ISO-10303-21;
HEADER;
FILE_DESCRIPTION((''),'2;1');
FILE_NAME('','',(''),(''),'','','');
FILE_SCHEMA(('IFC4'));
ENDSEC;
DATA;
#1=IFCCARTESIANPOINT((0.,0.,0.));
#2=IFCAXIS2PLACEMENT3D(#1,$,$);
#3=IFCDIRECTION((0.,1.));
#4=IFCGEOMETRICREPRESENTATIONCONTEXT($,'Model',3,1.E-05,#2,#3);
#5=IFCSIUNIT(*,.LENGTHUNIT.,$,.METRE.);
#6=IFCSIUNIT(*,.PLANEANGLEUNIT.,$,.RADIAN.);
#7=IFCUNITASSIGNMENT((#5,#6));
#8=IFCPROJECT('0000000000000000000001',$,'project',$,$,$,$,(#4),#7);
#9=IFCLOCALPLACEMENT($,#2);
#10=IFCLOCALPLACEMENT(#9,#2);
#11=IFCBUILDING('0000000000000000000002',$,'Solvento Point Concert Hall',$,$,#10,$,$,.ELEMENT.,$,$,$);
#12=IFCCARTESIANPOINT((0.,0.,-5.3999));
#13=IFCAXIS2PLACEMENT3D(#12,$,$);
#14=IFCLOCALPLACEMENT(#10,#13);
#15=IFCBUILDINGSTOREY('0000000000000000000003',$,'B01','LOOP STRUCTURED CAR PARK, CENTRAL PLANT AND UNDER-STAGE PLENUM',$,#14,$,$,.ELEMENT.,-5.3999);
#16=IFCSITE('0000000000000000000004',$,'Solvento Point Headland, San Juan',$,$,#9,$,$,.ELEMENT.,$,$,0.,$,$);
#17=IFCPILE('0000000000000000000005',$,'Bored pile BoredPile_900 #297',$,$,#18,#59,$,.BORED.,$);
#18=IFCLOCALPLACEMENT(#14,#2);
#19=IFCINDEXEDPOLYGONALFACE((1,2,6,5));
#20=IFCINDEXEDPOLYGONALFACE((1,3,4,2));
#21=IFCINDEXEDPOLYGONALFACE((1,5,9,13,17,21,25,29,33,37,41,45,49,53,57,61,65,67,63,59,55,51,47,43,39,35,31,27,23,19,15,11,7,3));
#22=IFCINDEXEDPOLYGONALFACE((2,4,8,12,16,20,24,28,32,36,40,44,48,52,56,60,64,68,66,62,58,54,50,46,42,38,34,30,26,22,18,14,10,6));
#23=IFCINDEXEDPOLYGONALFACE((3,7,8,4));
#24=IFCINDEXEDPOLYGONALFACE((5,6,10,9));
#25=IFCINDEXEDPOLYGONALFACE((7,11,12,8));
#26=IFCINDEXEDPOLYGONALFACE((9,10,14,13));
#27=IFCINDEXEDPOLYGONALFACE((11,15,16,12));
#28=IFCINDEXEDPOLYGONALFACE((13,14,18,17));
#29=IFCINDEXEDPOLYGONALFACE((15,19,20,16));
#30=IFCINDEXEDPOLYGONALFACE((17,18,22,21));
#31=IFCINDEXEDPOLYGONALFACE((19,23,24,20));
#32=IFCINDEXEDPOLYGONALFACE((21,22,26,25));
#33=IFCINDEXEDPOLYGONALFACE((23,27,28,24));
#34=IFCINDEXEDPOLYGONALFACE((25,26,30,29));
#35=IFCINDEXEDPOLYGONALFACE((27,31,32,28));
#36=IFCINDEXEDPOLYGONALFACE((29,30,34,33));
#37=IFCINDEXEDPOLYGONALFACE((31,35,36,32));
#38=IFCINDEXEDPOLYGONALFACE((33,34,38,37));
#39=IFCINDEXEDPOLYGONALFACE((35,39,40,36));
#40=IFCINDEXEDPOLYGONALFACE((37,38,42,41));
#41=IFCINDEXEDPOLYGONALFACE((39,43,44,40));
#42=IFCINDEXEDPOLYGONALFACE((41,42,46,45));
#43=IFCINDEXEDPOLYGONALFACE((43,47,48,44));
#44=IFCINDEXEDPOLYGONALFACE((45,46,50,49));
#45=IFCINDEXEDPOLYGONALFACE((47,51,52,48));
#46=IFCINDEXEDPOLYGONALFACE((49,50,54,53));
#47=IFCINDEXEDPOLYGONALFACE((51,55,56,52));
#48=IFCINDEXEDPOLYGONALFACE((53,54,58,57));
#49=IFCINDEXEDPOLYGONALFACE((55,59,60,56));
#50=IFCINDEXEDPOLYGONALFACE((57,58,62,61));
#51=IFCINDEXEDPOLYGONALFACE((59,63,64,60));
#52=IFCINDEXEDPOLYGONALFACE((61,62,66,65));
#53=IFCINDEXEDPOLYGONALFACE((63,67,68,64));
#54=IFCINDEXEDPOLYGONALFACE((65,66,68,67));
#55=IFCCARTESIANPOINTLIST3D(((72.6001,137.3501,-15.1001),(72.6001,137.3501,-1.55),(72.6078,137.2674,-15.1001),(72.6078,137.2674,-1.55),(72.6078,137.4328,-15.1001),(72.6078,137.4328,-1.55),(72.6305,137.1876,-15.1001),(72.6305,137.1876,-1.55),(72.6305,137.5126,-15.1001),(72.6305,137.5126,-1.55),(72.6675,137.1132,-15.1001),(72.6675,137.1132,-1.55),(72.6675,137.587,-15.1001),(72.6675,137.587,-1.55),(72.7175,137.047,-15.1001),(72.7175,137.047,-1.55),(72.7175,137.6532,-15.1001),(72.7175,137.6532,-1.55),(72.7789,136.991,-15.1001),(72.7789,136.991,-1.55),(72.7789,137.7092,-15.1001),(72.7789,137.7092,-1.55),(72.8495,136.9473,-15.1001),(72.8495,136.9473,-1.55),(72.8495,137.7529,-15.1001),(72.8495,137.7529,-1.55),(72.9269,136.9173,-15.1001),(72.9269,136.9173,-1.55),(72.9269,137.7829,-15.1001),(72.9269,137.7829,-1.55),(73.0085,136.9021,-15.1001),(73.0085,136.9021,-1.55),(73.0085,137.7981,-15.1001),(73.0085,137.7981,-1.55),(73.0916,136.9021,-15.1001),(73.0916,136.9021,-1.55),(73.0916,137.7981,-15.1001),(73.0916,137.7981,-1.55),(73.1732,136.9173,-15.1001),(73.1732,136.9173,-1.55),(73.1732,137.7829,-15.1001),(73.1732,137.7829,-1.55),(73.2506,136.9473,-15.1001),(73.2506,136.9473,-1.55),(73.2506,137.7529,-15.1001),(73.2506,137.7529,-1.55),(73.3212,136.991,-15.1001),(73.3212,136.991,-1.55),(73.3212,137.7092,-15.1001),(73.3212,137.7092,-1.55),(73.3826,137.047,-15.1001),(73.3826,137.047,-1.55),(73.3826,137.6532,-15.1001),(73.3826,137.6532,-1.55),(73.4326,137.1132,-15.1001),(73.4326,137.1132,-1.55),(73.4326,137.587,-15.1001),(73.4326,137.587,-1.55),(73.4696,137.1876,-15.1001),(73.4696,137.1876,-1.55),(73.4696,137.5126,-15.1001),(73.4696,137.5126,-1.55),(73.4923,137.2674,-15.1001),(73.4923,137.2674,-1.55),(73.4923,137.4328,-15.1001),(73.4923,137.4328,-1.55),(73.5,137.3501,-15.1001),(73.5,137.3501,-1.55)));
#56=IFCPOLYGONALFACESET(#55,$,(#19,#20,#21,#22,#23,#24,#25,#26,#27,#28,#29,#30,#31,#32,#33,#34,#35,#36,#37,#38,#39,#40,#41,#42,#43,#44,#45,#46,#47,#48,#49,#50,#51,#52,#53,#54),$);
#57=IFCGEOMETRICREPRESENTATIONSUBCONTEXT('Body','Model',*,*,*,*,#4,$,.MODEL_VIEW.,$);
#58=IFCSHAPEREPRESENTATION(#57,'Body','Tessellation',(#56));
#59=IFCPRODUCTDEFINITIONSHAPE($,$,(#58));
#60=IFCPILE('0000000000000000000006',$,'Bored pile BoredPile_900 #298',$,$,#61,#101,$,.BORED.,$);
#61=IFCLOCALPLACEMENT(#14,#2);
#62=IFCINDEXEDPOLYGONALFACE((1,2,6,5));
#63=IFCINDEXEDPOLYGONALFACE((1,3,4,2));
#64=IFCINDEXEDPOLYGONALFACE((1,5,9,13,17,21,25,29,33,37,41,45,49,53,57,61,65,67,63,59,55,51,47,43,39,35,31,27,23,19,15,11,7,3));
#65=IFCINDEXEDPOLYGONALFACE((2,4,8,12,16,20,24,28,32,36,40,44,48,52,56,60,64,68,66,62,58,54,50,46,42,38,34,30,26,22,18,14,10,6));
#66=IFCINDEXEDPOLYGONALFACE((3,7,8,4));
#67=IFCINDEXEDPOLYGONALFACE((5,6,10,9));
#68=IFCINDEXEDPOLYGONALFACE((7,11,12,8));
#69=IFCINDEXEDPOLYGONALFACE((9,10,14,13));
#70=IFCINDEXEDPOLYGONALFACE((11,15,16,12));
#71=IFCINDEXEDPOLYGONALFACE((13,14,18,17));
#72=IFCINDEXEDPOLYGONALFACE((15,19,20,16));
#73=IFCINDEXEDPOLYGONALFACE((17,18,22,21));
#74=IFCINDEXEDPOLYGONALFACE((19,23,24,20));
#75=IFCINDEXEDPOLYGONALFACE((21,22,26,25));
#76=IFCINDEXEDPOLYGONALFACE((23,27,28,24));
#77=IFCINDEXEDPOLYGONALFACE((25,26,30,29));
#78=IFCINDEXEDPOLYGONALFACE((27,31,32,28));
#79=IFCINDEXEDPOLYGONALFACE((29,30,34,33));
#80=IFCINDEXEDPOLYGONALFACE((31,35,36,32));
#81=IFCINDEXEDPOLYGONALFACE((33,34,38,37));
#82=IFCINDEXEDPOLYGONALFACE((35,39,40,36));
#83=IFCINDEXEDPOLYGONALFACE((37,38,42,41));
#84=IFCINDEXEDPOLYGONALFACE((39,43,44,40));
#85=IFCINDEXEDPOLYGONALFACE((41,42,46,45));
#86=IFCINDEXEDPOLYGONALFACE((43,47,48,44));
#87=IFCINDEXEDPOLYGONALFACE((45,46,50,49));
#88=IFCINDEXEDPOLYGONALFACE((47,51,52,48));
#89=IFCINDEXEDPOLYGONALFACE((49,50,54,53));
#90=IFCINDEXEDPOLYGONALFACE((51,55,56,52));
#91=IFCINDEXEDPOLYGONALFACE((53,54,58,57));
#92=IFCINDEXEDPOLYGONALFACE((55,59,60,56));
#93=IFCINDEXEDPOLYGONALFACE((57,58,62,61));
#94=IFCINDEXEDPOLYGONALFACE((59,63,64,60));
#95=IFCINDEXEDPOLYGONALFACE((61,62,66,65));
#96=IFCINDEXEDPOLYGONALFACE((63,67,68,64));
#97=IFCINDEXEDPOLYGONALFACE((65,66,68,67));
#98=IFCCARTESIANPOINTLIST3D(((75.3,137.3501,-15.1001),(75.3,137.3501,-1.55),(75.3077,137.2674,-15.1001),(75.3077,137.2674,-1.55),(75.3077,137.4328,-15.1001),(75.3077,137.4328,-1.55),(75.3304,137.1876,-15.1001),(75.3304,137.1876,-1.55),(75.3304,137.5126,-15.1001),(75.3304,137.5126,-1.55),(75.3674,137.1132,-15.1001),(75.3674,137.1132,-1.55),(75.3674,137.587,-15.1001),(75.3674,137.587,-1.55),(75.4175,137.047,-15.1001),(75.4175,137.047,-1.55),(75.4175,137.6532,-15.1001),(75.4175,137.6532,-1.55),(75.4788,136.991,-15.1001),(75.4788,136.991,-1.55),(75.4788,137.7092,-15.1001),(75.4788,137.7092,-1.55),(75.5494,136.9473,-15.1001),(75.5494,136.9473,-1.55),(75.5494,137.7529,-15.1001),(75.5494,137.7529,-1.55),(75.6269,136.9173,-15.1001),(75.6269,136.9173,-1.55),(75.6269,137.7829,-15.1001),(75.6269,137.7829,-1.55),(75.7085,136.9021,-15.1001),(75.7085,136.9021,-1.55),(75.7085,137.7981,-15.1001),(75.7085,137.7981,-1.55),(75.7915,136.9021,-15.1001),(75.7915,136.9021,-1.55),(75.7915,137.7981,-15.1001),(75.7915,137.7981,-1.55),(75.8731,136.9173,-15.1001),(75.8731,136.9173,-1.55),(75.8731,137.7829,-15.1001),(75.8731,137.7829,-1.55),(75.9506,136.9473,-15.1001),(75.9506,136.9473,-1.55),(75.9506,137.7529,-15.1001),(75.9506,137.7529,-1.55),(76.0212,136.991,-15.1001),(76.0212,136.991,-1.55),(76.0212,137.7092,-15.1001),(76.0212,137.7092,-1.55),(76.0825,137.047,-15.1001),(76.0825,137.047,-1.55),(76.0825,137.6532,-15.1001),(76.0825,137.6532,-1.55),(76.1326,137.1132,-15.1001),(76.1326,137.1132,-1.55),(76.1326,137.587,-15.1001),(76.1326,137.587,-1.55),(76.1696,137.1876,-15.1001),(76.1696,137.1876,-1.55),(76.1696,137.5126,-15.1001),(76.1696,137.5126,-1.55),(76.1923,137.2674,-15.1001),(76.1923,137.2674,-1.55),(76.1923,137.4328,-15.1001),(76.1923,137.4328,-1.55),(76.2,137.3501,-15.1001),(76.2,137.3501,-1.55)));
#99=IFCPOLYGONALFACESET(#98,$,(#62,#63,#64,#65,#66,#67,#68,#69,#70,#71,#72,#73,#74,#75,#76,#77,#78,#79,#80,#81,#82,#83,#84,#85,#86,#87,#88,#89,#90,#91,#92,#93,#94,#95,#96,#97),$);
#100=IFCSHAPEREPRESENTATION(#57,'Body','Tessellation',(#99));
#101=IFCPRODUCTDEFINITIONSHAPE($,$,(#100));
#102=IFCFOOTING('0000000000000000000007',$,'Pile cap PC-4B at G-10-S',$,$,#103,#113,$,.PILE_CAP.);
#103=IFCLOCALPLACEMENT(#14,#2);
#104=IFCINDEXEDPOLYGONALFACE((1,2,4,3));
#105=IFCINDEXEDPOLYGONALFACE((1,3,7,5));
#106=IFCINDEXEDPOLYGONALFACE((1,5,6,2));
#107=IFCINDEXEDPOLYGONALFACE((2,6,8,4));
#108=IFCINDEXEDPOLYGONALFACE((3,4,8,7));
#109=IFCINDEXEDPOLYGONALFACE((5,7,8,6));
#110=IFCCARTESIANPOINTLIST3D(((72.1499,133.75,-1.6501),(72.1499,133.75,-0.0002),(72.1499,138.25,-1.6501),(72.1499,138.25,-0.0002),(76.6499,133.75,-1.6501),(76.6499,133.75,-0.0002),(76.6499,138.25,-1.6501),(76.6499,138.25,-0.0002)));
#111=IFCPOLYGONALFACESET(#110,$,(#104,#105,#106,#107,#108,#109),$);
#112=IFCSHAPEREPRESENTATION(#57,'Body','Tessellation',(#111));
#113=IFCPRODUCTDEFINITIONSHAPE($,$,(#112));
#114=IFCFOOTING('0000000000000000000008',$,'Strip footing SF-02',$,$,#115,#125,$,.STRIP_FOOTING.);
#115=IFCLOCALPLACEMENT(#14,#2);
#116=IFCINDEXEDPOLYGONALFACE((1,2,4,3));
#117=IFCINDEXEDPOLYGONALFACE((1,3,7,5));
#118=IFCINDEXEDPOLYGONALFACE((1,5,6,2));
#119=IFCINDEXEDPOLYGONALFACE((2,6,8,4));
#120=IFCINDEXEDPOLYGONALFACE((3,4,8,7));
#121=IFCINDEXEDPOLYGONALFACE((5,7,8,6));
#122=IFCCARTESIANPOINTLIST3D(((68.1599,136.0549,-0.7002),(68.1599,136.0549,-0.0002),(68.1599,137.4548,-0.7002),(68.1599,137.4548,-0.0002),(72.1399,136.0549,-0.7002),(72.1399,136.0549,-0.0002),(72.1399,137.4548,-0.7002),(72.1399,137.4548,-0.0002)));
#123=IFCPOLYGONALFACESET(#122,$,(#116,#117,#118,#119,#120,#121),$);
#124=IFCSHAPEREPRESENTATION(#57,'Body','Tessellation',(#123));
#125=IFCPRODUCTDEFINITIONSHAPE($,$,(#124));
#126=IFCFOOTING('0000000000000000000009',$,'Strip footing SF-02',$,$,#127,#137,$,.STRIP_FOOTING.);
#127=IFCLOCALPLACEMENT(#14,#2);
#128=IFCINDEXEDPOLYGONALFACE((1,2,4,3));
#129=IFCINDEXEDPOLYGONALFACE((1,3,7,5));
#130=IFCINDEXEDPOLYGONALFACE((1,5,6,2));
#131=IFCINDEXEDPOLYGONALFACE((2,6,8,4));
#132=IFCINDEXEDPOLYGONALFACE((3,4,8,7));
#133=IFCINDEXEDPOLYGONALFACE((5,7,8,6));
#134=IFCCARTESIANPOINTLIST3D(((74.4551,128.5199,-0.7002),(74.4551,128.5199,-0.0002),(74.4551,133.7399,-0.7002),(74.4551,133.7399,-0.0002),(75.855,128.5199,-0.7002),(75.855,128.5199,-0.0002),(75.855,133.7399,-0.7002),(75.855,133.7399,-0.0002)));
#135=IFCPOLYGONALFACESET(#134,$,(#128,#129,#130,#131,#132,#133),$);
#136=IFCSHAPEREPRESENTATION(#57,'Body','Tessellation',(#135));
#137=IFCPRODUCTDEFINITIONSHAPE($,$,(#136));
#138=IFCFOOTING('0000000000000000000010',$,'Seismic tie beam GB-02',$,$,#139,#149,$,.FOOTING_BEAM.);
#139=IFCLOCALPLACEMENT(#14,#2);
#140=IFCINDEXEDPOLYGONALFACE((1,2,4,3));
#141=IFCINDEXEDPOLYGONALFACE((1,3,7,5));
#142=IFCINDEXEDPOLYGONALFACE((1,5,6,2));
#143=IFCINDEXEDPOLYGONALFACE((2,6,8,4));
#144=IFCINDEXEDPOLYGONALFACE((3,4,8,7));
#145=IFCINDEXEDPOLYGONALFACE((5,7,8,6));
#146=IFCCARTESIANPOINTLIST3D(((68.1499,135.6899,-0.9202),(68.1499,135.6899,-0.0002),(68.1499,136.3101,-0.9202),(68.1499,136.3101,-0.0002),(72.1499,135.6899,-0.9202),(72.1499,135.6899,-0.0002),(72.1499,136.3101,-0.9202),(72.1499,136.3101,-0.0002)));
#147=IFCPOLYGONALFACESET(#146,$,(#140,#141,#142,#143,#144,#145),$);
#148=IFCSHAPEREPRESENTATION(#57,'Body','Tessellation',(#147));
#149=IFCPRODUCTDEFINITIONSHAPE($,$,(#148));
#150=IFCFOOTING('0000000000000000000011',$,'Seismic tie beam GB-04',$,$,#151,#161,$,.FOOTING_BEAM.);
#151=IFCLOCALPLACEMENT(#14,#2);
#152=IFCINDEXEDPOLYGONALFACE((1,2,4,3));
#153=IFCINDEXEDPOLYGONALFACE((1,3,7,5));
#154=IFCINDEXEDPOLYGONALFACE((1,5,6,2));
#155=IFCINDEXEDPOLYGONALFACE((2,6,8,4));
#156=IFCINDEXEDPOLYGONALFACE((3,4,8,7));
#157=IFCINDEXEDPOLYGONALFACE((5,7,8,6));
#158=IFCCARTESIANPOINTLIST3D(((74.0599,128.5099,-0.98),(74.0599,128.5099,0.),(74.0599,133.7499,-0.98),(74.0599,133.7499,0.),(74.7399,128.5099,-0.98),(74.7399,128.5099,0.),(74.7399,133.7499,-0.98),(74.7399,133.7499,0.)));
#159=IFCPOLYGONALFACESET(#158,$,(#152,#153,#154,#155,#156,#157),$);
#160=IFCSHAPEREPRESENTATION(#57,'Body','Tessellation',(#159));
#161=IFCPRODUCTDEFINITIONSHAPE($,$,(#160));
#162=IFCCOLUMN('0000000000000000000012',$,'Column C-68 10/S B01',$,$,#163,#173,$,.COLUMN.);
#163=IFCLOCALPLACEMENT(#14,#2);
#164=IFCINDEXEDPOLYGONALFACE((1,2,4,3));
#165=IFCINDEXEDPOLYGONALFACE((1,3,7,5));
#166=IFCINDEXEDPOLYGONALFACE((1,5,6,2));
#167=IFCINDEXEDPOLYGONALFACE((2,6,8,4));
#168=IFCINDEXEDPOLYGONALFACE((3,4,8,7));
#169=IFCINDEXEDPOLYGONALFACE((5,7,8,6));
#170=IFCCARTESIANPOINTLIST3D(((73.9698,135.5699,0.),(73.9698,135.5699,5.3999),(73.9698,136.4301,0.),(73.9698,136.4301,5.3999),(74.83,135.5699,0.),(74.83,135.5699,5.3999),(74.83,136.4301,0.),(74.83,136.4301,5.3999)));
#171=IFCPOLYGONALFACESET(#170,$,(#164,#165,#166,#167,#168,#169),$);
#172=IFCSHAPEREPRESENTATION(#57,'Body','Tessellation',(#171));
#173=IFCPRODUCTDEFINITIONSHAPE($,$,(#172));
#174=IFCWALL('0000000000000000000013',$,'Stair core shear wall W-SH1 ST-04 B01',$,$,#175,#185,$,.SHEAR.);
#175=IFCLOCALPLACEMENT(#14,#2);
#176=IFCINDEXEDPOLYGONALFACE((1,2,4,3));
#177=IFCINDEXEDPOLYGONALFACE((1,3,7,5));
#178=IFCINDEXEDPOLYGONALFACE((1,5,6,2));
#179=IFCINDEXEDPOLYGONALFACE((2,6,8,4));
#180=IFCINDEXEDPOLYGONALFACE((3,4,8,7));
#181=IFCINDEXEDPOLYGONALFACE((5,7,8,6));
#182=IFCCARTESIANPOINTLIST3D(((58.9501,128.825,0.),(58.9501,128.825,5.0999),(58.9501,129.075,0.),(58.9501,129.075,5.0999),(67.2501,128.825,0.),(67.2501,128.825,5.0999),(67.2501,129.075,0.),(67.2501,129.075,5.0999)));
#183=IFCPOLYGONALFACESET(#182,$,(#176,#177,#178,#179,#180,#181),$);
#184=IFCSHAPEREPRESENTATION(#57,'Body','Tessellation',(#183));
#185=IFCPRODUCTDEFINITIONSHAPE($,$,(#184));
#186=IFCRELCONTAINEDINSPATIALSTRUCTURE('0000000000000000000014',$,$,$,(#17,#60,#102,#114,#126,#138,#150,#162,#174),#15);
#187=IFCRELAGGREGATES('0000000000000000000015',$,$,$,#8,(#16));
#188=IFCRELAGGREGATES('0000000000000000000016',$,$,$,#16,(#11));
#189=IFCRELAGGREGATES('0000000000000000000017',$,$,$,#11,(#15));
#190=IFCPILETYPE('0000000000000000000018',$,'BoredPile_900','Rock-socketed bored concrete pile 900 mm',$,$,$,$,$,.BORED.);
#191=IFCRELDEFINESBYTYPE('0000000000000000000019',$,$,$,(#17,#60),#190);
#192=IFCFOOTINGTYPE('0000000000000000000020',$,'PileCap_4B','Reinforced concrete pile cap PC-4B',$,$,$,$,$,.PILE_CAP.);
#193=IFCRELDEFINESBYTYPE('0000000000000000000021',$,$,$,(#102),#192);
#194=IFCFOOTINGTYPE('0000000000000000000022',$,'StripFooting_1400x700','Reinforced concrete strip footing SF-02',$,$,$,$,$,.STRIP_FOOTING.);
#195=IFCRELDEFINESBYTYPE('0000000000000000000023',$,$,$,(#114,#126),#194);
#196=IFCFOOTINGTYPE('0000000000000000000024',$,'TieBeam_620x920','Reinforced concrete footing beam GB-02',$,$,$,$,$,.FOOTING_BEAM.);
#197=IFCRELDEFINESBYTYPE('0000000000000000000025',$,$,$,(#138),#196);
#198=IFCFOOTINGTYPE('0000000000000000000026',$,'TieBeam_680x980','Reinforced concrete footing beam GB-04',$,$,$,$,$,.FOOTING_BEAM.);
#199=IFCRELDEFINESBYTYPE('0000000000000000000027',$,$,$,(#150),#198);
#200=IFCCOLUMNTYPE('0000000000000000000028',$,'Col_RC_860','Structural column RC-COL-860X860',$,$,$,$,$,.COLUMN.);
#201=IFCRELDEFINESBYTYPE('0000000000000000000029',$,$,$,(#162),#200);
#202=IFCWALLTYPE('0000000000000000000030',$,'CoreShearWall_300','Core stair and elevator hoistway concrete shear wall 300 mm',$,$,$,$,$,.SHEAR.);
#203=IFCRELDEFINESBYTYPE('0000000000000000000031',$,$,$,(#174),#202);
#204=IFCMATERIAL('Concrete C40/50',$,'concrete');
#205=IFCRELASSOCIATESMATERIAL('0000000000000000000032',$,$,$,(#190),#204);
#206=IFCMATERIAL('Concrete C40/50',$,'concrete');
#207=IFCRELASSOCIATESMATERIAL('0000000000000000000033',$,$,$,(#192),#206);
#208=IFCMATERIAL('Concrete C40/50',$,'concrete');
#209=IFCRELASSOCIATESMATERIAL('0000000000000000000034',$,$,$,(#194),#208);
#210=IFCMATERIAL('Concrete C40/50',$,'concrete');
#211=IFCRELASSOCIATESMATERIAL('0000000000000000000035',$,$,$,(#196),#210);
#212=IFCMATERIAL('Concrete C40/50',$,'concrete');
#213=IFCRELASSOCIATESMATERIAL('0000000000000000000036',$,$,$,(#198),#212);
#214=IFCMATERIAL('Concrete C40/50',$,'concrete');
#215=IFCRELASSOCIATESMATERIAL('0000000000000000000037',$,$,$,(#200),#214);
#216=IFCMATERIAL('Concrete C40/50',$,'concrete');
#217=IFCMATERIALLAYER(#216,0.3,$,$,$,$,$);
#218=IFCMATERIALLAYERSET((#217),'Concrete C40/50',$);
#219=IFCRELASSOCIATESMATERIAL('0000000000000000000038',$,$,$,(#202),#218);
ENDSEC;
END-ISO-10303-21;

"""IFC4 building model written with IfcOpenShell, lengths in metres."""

from ifc_helpers import new_model, si_unit, direction, frame, frame_2d, origin, origin_2d, place, context, subcontext, project, spatial, rectangle, circle, extrude, material, layer, layer_set, material_profile, profile_set, type_object, element, save


model = new_model("IFC4")

# Units and contexts
model_context = context("Model", 3, precision=1e-05, world=origin(), true_north=direction((0.0, 1.0)))
body_context = subcontext(model_context, "Body", "Model", "MODEL_VIEW")
ifc_project = project(units=[si_unit("LENGTHUNIT", "METRE"), si_unit("PLANEANGLEUNIT", "RADIAN")], contexts=[model_context])

# Site, building, storey
site_placement = place(None, origin())
site = spatial("IfcSite", under=ifc_project, at=site_placement, Name="Solvento Point Headland, San Juan", CompositionType="ELEMENT", RefElevation=0.0)
building_placement = place(site_placement, origin())
building = spatial("IfcBuilding", under=site, at=building_placement, Name="Solvento Point Concert Hall", CompositionType="ELEMENT")
storey_placement = place(building_placement, frame((0.0, 0.0, -5.3999)))
storey = spatial("IfcBuildingStorey", under=building, at=storey_placement, Name="B01", Description="LOOP STRUCTURED CAR PARK, CENTRAL PLANT AND UNDER-STAGE PLENUM", CompositionType="ELEMENT", Elevation=-5.3999)

# Piles
ifc_material_1 = material(Name="Concrete C40/50", Category="concrete")
ifc_material_profile_1 = material_profile(ifc_material_1, circle(Radius=0.45, at=origin_2d()), Name="BP-900")
ifc_profile_set_1 = profile_set([ifc_material_profile_1], Name="Concrete C40/50")
pile_type_1 = type_object("IfcPileType", Name="BoredPile_900", Description="Rock-socketed bored concrete pile 900 mm", PredefinedType="BORED", material=ifc_profile_set_1)
for number, where, z_axis, x_axis, name in (
    (1, (73.05, 137.3501, -1.55), (0.0, 0.0, -1.0), (1.0, 0.0, 0.0), "Bored pile BoredPile_900 #297"),
    (2, (75.75, 137.3501, -1.55), (0.0, 0.0, -1.0), (1.0, 0.0, 0.0), "Bored pile BoredPile_900 #298"),
):
    element("IfcPile", number, at=place(storey_placement, frame(where, z_axis=z_axis, x_axis=x_axis)), inside=storey, type_object=pile_type_1, Name=name, PredefinedType="BORED", context=body_context, shape_type="SweptSolid", body=[
        extrude(circle(Radius=0.45, at=origin_2d()), origin(), (0.0, 0.0, 1.0), 13.55),
    ])

# Footings
ifc_material_2 = material(Name="Concrete C40/50", Category="concrete")
footing_type_1 = type_object("IfcFootingType", Name="PileCap_4B", Description="Reinforced concrete pile cap PC-4B", PredefinedType="PILE_CAP", material=ifc_material_2)
footing_1_placement = place(storey_placement, frame((74.3999, 136.0, -1.6501), z_axis=(0.0, 0.0, 1.0), x_axis=(1.0, 0.0, 0.0)))
element("IfcFooting", 3, at=footing_1_placement, inside=storey, type_object=footing_type_1, Name="Pile cap PC-4B at G-10-S", PredefinedType="PILE_CAP", context=body_context, shape_type="SweptSolid", body=[
    extrude(rectangle(XDim=4.5, YDim=4.5, at=origin_2d()), origin(), (0.0, 0.0, 1.0), 1.6499),
])
ifc_material_3 = material(Name="Concrete C40/50", Category="concrete")
footing_type_2 = type_object("IfcFootingType", Name="StripFooting_1400x700", Description="Reinforced concrete strip footing SF-02", PredefinedType="STRIP_FOOTING", material=ifc_material_3)
footing_2_placement = place(storey_placement, frame((70.1499, 136.7549, -0.7002), z_axis=(0.0, 0.0, 1.0), x_axis=(1.0, 0.0, 0.0)))
element("IfcFooting", 4, at=footing_2_placement, inside=storey, type_object=footing_type_2, Name="Strip footing SF-02", PredefinedType="STRIP_FOOTING", context=body_context, shape_type="SweptSolid", body=[
    extrude(rectangle(XDim=3.98, YDim=1.3999, at=origin_2d()), origin(), (0.0, 0.0, 1.0), 0.7),
])
footing_3_placement = place(storey_placement, frame((75.155, 131.1299, -0.7002), z_axis=(0.0, 0.0, 1.0), x_axis=(0.0, -1.0, 0.0)))
element("IfcFooting", 5, at=footing_3_placement, inside=storey, type_object=footing_type_2, Name="Strip footing SF-02", PredefinedType="STRIP_FOOTING", context=body_context, shape_type="SweptSolid", body=[
    extrude(rectangle(XDim=5.22, YDim=1.3999, at=origin_2d()), origin(), (0.0, 0.0, 1.0), 0.7),
])
ifc_material_4 = material(Name="Concrete C40/50", Category="concrete")
footing_type_3 = type_object("IfcFootingType", Name="TieBeam_620x920", Description="Reinforced concrete footing beam GB-02", PredefinedType="FOOTING_BEAM", material=ifc_material_4)
footing_4_placement = place(storey_placement, frame((70.1499, 136.0, -0.9202), z_axis=(0.0, 0.0, 1.0), x_axis=(1.0, 0.0, 0.0)))
element("IfcFooting", 6, at=footing_4_placement, inside=storey, type_object=footing_type_3, Name="Seismic tie beam GB-02", PredefinedType="FOOTING_BEAM", context=body_context, shape_type="SweptSolid", body=[
    extrude(rectangle(XDim=4.0, YDim=0.6201, at=origin_2d()), origin(), (0.0, 0.0, 1.0), 0.9199),
])
ifc_material_5 = material(Name="Concrete C40/50", Category="concrete")
footing_type_4 = type_object("IfcFootingType", Name="TieBeam_680x980", Description="Reinforced concrete footing beam GB-04", PredefinedType="FOOTING_BEAM", material=ifc_material_5)
footing_5_placement = place(storey_placement, frame((74.3999, 131.1299, -0.98), z_axis=(0.0, 0.0, 1.0), x_axis=(0.0, 1.0, 0.0)))
element("IfcFooting", 7, at=footing_5_placement, inside=storey, type_object=footing_type_4, Name="Seismic tie beam GB-04", PredefinedType="FOOTING_BEAM", context=body_context, shape_type="SweptSolid", body=[
    extrude(rectangle(XDim=5.24, YDim=0.6799, at=origin_2d()), origin(), (0.0, 0.0, 1.0), 0.98),
])

# Column
ifc_material_6 = material(Name="Concrete C40/50", Category="concrete")
ifc_material_profile_2 = material_profile(ifc_material_6, rectangle(XDim=0.8601, YDim=0.8601, at=origin_2d()), Name="RC-COL-860X860")
ifc_profile_set_2 = profile_set([ifc_material_profile_2], Name="Concrete C40/50")
column_type = type_object("IfcColumnType", Name="Col_RC_860", Description="Structural column RC-COL-860X860", PredefinedType="COLUMN", material=ifc_profile_set_2)
column_placement = place(storey_placement, frame((74.3999, 136.0, 0.0), z_axis=(0.0, 0.0, 1.0), x_axis=(1.0, 0.0, 0.0)))
element("IfcColumn", 8, at=column_placement, inside=storey, type_object=column_type, Name="Column C-68 10/S B01", PredefinedType="COLUMN", context=body_context, shape_type="SweptSolid", body=[
    extrude(rectangle(XDim=0.8601, YDim=0.8601, at=origin_2d()), origin(), (0.0, 0.0, 1.0), 5.3999),
])

# Wall
ifc_material_7 = material(Name="Concrete C40/50", Category="concrete")
ifc_layer_1 = layer(ifc_material_7, 0.3)
ifc_layer_set_1 = layer_set([ifc_layer_1], Name="Concrete C40/50")
wall_type_1 = type_object("IfcWallType", Name="CoreShearWall_300", Description="Core stair and elevator hoistway concrete shear wall 300 mm", PredefinedType="SHEAR", material=ifc_layer_set_1)
wall_1_placement = place(storey_placement, frame((67.25, 128.95, 0.0), z_axis=(0.0, 0.0, 1.0), x_axis=(-1.0, 0.0, 0.0)))
element("IfcWall", 9, at=wall_1_placement, inside=storey, type_object=wall_type_1, Name="Stair core shear wall W-SH1 ST-04 B01", PredefinedType="SHEAR", context=body_context, shape_type="SweptSolid", body=[
    extrude(rectangle(XDim=8.3, YDim=0.25, at=frame_2d((4.1499, 0.0))), origin(), (0.0, 0.0, 1.0), 5.0999),
])

save(model, "model.ifc")
